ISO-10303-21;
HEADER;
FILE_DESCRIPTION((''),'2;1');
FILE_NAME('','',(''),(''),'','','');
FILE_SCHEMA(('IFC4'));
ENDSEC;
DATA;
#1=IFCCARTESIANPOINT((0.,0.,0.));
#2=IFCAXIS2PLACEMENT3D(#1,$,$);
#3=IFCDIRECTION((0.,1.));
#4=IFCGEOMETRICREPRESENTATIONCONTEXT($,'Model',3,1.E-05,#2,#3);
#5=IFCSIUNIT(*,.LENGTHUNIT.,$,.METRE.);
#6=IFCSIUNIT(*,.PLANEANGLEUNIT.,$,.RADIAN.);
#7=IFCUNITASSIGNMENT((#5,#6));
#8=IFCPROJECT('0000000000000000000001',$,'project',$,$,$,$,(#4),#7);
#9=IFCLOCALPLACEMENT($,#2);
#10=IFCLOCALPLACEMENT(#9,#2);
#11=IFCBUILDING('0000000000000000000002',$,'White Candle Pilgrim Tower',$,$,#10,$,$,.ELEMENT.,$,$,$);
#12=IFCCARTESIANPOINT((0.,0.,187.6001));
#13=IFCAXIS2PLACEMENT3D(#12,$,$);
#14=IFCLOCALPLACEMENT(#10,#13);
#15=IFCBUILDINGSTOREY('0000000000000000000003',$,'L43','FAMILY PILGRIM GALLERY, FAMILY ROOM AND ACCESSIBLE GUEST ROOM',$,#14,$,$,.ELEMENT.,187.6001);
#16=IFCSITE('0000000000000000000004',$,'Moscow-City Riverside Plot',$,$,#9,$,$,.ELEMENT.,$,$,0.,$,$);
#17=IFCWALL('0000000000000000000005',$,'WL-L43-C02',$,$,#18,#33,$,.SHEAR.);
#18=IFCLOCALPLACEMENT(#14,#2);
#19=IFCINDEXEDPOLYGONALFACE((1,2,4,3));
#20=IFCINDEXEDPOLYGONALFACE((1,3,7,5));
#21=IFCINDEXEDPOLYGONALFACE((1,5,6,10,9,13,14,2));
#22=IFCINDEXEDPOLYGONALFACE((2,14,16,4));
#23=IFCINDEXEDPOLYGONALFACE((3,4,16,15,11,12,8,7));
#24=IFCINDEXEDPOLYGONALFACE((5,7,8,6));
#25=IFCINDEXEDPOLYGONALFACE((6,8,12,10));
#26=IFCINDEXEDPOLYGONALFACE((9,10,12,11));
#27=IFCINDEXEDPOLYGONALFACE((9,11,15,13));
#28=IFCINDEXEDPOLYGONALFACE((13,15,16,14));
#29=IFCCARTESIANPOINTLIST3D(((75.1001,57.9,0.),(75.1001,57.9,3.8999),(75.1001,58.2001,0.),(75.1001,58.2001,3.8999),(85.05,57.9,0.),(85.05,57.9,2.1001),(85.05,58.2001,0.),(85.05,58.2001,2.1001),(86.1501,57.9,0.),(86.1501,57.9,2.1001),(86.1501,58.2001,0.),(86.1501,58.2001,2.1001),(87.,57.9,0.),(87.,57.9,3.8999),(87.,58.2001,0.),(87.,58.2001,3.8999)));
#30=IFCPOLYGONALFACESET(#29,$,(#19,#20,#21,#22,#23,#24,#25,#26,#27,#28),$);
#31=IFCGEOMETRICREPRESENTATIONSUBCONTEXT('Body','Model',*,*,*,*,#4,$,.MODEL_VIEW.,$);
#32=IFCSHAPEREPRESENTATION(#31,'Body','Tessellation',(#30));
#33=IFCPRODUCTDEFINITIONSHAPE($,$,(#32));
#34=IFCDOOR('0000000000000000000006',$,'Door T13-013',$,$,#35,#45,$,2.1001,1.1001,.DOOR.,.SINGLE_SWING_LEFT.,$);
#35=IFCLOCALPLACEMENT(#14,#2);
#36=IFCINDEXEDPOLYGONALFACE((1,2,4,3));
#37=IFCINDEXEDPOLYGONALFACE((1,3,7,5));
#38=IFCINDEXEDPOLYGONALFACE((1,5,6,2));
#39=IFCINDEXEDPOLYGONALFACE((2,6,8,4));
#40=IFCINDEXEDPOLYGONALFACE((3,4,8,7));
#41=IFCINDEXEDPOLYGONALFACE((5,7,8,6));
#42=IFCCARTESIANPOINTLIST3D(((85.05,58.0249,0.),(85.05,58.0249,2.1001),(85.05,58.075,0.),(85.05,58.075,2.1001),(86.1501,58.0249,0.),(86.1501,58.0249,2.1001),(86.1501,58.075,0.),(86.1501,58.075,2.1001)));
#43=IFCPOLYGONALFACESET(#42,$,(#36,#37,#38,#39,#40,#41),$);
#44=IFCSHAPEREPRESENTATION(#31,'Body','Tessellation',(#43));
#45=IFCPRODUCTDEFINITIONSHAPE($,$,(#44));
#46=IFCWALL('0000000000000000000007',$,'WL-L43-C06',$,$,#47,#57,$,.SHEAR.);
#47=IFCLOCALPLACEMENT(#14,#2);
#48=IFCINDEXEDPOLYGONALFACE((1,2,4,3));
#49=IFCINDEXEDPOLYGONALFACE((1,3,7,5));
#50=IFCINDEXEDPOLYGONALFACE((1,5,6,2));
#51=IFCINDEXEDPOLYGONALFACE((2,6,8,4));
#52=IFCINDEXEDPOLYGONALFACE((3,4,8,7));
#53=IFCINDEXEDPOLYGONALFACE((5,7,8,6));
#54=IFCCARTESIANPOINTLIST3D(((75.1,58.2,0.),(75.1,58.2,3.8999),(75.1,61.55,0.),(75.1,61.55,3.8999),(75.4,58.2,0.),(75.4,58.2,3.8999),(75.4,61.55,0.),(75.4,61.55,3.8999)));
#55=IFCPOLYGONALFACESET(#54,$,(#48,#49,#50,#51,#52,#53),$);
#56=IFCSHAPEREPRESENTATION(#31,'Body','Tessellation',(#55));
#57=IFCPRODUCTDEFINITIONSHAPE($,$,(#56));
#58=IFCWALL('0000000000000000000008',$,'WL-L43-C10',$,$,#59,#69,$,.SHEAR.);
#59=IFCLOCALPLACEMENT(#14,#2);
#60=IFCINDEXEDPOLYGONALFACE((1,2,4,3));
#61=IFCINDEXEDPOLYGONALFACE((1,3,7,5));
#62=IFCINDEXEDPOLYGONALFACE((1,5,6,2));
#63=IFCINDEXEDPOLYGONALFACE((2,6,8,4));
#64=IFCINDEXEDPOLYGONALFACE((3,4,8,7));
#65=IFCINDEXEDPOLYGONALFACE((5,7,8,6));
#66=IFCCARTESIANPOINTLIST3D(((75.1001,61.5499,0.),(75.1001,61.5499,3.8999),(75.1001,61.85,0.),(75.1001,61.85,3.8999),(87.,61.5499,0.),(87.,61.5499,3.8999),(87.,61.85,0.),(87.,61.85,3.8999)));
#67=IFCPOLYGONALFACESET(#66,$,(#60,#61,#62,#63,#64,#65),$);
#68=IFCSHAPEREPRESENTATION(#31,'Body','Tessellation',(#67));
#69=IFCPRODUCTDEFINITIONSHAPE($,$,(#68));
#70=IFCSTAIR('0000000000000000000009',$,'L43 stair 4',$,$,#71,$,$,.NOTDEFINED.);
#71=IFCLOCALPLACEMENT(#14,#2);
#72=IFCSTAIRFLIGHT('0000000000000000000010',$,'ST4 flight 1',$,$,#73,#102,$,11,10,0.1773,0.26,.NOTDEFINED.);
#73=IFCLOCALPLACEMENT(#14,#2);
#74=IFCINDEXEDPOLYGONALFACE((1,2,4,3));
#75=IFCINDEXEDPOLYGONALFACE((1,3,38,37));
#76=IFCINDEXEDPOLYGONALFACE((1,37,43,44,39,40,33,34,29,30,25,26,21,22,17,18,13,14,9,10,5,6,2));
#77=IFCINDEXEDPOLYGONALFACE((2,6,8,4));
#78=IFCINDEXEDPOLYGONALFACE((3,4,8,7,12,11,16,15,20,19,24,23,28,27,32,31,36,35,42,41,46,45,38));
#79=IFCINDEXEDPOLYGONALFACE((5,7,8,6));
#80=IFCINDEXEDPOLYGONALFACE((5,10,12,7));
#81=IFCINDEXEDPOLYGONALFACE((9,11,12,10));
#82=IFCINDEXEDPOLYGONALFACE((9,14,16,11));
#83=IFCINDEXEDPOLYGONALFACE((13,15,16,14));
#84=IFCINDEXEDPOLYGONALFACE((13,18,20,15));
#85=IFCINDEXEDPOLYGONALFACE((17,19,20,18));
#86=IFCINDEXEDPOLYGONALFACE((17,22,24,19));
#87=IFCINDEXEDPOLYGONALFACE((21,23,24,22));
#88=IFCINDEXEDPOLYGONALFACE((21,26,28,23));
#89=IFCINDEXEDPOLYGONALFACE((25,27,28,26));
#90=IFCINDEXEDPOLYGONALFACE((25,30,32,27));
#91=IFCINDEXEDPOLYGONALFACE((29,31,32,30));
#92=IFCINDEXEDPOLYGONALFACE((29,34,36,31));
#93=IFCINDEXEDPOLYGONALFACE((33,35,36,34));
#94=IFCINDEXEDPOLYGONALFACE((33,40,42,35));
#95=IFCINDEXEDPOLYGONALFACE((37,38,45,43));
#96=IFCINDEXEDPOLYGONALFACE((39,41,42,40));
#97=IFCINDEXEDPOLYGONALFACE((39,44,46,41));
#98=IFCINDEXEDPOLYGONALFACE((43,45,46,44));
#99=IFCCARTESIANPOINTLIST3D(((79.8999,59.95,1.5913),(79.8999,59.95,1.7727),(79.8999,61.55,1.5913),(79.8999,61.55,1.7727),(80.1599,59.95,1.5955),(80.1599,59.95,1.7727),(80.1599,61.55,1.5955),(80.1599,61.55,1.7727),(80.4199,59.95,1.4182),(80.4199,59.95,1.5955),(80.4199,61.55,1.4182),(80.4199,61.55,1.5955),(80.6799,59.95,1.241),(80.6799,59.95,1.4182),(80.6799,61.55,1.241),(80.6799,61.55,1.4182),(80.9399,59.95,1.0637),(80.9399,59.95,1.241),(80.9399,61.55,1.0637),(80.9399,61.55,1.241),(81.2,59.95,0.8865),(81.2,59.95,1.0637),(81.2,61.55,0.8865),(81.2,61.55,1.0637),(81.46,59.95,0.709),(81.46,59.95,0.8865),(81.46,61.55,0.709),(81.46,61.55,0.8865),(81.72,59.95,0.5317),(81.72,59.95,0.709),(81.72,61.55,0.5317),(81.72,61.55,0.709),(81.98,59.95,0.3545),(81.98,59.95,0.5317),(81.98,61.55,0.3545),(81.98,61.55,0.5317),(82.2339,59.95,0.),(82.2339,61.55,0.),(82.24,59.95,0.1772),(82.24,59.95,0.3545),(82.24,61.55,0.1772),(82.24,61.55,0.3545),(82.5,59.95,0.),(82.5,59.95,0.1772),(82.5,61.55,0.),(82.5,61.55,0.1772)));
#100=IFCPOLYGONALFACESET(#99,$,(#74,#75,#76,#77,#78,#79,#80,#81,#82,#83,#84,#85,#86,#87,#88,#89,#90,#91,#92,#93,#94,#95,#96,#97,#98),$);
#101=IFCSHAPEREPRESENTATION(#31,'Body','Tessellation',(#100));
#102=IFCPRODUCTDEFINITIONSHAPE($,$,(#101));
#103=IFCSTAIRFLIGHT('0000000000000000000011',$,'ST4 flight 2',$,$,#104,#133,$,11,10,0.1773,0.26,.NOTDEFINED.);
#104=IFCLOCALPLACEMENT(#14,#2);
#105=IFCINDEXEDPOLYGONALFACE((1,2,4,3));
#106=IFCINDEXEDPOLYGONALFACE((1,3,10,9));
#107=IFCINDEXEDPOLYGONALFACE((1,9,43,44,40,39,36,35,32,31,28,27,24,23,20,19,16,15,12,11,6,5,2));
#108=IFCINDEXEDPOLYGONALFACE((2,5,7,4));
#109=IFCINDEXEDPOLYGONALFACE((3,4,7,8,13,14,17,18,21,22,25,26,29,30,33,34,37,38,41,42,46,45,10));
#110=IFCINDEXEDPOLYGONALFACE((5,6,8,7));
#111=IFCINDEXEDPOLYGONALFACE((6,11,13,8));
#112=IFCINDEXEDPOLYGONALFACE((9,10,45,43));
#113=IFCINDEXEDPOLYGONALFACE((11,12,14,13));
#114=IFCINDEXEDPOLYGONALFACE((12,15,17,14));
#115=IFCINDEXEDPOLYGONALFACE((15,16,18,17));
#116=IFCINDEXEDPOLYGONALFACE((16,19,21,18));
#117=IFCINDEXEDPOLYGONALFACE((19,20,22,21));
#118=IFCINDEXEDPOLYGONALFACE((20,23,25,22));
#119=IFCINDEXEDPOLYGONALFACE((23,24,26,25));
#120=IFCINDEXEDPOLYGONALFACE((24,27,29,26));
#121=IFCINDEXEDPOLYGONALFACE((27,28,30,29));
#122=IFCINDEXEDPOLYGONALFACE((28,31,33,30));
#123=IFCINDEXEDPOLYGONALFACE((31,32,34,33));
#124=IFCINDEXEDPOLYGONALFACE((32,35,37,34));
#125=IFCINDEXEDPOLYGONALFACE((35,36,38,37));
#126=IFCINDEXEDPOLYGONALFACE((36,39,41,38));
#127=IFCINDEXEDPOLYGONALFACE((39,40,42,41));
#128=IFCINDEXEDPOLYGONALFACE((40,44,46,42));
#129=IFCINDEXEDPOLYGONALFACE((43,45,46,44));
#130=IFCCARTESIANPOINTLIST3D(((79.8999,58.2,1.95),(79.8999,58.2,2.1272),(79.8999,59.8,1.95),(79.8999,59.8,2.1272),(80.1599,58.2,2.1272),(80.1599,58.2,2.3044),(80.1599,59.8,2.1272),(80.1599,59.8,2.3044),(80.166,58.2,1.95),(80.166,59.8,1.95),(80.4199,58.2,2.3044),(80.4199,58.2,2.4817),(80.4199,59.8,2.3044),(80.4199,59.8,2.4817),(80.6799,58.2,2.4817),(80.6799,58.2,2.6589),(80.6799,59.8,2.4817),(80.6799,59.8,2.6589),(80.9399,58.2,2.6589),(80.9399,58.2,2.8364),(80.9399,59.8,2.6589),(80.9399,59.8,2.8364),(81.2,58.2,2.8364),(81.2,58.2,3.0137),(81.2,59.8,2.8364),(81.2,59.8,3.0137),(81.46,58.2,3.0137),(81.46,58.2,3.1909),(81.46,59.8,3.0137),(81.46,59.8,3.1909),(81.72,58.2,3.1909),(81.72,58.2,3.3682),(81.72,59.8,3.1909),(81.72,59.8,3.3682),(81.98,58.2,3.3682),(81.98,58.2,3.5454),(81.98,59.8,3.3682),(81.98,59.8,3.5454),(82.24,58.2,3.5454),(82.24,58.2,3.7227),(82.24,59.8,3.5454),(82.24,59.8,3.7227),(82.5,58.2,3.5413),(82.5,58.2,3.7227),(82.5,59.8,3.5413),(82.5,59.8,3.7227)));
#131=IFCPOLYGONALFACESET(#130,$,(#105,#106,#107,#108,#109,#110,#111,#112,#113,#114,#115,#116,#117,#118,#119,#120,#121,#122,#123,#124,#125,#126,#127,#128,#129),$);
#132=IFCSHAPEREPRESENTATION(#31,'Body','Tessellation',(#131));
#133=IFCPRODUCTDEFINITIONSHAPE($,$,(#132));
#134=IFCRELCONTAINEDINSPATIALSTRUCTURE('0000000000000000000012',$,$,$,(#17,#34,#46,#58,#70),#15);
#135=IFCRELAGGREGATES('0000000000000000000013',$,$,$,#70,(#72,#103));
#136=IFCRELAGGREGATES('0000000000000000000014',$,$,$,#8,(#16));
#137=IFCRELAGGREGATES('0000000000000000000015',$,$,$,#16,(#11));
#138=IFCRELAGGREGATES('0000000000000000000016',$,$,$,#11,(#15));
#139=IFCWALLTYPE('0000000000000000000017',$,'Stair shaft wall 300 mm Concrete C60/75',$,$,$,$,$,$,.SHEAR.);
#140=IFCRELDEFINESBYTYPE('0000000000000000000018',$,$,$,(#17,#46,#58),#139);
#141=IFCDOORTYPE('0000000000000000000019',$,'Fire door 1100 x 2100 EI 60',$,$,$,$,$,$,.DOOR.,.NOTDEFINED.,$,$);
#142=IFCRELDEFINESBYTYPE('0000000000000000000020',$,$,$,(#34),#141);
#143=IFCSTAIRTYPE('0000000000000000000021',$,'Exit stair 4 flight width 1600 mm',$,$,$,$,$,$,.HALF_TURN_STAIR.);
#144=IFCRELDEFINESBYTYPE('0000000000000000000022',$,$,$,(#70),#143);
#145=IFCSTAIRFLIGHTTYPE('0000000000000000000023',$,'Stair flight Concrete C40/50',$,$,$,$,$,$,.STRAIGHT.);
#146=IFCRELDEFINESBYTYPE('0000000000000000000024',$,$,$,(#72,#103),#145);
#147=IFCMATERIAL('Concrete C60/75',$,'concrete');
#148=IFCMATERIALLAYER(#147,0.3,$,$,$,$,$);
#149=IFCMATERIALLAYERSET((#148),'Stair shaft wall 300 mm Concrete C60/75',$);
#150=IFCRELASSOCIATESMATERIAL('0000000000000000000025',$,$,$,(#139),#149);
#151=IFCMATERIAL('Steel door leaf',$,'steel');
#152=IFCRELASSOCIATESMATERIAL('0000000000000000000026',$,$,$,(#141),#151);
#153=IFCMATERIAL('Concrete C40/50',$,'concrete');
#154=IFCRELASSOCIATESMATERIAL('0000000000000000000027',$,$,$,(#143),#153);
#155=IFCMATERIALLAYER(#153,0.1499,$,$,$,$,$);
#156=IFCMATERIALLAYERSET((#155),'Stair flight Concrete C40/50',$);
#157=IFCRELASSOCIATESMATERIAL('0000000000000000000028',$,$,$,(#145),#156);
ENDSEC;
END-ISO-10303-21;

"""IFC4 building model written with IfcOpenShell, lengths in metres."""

from ifc_helpers import new_model, si_unit, direction, frame, frame_2d, origin, place, context, subcontext, project, spatial, polyline, rectangle, outline, extrude, material, layer, layer_set, type_object, element, fill, aggregate, save


model = new_model("IFC4")

# Units and contexts
model_context = context("Model", 3, precision=1e-05, world=origin(), true_north=direction((0.0, 1.0)))
body_context = subcontext(model_context, "Body", "Model", "MODEL_VIEW")
ifc_project = project(units=[si_unit("LENGTHUNIT", "METRE"), si_unit("PLANEANGLEUNIT", "RADIAN")], contexts=[model_context])

# Site, building, storey
site_placement = place(None, origin())
site = spatial("IfcSite", under=ifc_project, at=site_placement, Name="Moscow-City Riverside Plot", CompositionType="ELEMENT", RefElevation=0.0)
building_placement = place(site_placement, origin())
building = spatial("IfcBuilding", under=site, at=building_placement, Name="White Candle Pilgrim Tower", CompositionType="ELEMENT")
storey_placement = place(building_placement, frame((0.0, 0.0, 187.6001)))
storey = spatial("IfcBuildingStorey", under=building, at=storey_placement, Name="L43", Description="FAMILY PILGRIM GALLERY, FAMILY ROOM AND ACCESSIBLE GUEST ROOM", CompositionType="ELEMENT", Elevation=187.6001)

# Wall, opening, door
ifc_material_1 = material(Name="Concrete C60/75", Category="concrete")
ifc_layer_1 = layer(ifc_material_1, 0.3)
ifc_layer_set_1 = layer_set([ifc_layer_1], Name="Stair shaft wall 300 mm Concrete C60/75")
wall_type_1 = type_object("IfcWallType", Name="Stair shaft wall 300 mm Concrete C60/75", PredefinedType="SHEAR", material=ifc_layer_set_1)
wall_1_placement = place(storey_placement, frame((75.1001, 58.05, 0.0), z_axis=(0.0, 0.0, 1.0), x_axis=(1.0, 0.0, 0.0)))
wall_1 = element("IfcWall", 1, at=wall_1_placement, inside=storey, type_object=wall_type_1, Name="WL-L43-C02", PredefinedType="SHEAR", context=body_context, shape_type="SweptSolid", body=[
    extrude(rectangle(XDim=11.8999, YDim=0.3, at=frame_2d((5.95, 0.0))), origin(), (0.0, 0.0, 1.0), 3.8999),
])
opening_placement = place(wall_1_placement, frame((9.95, 0.0, 0.0)))
opening = element("IfcOpeningElement", 2, at=opening_placement, cuts=wall_1, PredefinedType="OPENING", context=body_context, shape_type="SweptSolid", body=[
    extrude(rectangle(XDim=1.1001, YDim=2.1001, at=frame_2d((0.55, 1.05))), frame((0.0, 0.1599, 0.0), z_axis=(0.0, -1.0, 0.0), x_axis=(1.0, 0.0, 0.0)), (0.0, 0.0, 1.0), 0.3201),
])
ifc_material_2 = material(Name="Steel door leaf", Category="steel")
door_type = type_object("IfcDoorType", Name="Fire door 1100 x 2100 EI 60", OperationType="NOTDEFINED", PredefinedType="DOOR", material=ifc_material_2)
door_placement = place(opening_placement, origin())
door = element("IfcDoor", 3, at=door_placement, inside=storey, type_object=door_type, Name="Door T13-013", OperationType="SINGLE_SWING_LEFT", OverallHeight=2.1001, OverallWidth=1.1001, PredefinedType="DOOR", context=body_context, shape_type="SweptSolid", body=[
    extrude(rectangle(XDim=1.1001, YDim=2.1001, at=frame_2d((0.55, 1.05))), frame((0.0, 0.0249, 0.0), z_axis=(0.0, -1.0, 0.0), x_axis=(1.0, 0.0, 0.0)), (0.0, 0.0, 1.0), 0.05),
])
fill(opening, door)

# Walls
wall_2_placement = place(storey_placement, frame((75.25, 58.2, 0.0), z_axis=(0.0, 0.0, 1.0), x_axis=(0.0, 1.0, 0.0)))
element("IfcWall", 4, at=wall_2_placement, inside=storey, type_object=wall_type_1, Name="WL-L43-C06", PredefinedType="SHEAR", context=body_context, shape_type="SweptSolid", body=[
    extrude(rectangle(XDim=3.3501, YDim=0.3, at=frame_2d((1.675, 0.0))), origin(), (0.0, 0.0, 1.0), 3.8999),
])
wall_3_placement = place(storey_placement, frame((75.1001, 61.7, 0.0), z_axis=(0.0, 0.0, 1.0), x_axis=(1.0, 0.0, 0.0)))
element("IfcWall", 5, at=wall_3_placement, inside=storey, type_object=wall_type_1, Name="WL-L43-C10", PredefinedType="SHEAR", context=body_context, shape_type="SweptSolid", body=[
    extrude(rectangle(XDim=11.8999, YDim=0.3, at=frame_2d((5.95, 0.0))), origin(), (0.0, 0.0, 1.0), 3.8999),
])

# Stair, stair flights
ifc_material_3 = material(Name="Concrete C40/50", Category="concrete")
stair_type = type_object("IfcStairType", Name="Exit stair 4 flight width 1600 mm", PredefinedType="HALF_TURN_STAIR", material=ifc_material_3)
stair_placement = place(storey_placement, origin())
stair = element("IfcStair", 6, at=stair_placement, inside=storey, type_object=stair_type, Name="L43 stair 4", PredefinedType="NOTDEFINED")
ifc_layer_2 = layer(ifc_material_3, 0.1499)
ifc_layer_set_2 = layer_set([ifc_layer_2], Name="Stair flight Concrete C40/50")
stair_flight_type = type_object("IfcStairFlightType", Name="Stair flight Concrete C40/50", PredefinedType="STRAIGHT", material=ifc_layer_set_2)
stair_flight_1_placement = place(storey_placement, frame((82.5, 60.75, 0.0), z_axis=(0.0, 0.0, 1.0), x_axis=(-1.0, 0.0, 0.0)))
stair_flight_1 = element("IfcStairFlight", 7, at=stair_flight_1_placement, type_object=stair_flight_type, Name="ST4 flight 1", NumberOfRisers=11, NumberOfTreads=10, PredefinedType="NOTDEFINED", RiserHeight=0.1773, TreadLength=0.26, context=body_context, shape_type="SweptSolid", body=[
    extrude(outline(polyline([(0.0, 0.0), (0.0, 0.1772), (0.26, 0.1772), (0.26, 0.3545), (0.52, 0.3545), (0.52, 0.5317), (0.78, 0.5317), (0.78, 0.709), (1.04, 0.709), (1.04, 0.8865), (1.3, 0.8865), (1.3, 1.0637), (1.5601, 1.0637), (1.5601, 1.241), (1.8201, 1.241), (1.8201, 1.4182), (2.0801, 1.4182), (2.0801, 1.5955), (2.3401, 1.5955), (2.3401, 1.7727), (2.6001, 1.7727), (2.6001, 1.95), (2.6001, 1.5913), (0.2661, 0.0), (0.0, 0.0)])), frame((0.0, 0.8, 0.0), z_axis=(0.0, -1.0, 0.0), x_axis=(1.0, 0.0, 0.0)), (0.0, 0.0, 1.0), 1.6001),
])
stair_flight_2_placement = place(storey_placement, frame((79.8999, 59.0, 1.95), z_axis=(0.0, 0.0, 1.0), x_axis=(1.0, 0.0, 0.0)))
stair_flight_2 = element("IfcStairFlight", 8, at=stair_flight_2_placement, type_object=stair_flight_type, Name="ST4 flight 2", NumberOfRisers=11, NumberOfTreads=10, PredefinedType="NOTDEFINED", RiserHeight=0.1773, TreadLength=0.26, context=body_context, shape_type="SweptSolid", body=[
    extrude(outline(polyline([(0.0, 0.0), (0.0, 0.1772), (0.26, 0.1772), (0.26, 0.3545), (0.52, 0.3545), (0.52, 0.5317), (0.78, 0.5317), (0.78, 0.709), (1.04, 0.709), (1.04, 0.8865), (1.3, 0.8865), (1.3, 1.0637), (1.5601, 1.0637), (1.5601, 1.241), (1.8201, 1.241), (1.8201, 1.4182), (2.0801, 1.4182), (2.0801, 1.5955), (2.3401, 1.5955), (2.3401, 1.7727), (2.6001, 1.7727), (2.6001, 1.95), (2.6001, 1.5913), (0.2661, 0.0), (0.0, 0.0)])), frame((0.0, 0.8, 0.0), z_axis=(0.0, -1.0, 0.0), x_axis=(1.0, 0.0, 0.0)), (0.0, 0.0, 1.0), 1.6001),
])
aggregate(stair, [stair_flight_1, stair_flight_2])

save(model, "model.ifc")
